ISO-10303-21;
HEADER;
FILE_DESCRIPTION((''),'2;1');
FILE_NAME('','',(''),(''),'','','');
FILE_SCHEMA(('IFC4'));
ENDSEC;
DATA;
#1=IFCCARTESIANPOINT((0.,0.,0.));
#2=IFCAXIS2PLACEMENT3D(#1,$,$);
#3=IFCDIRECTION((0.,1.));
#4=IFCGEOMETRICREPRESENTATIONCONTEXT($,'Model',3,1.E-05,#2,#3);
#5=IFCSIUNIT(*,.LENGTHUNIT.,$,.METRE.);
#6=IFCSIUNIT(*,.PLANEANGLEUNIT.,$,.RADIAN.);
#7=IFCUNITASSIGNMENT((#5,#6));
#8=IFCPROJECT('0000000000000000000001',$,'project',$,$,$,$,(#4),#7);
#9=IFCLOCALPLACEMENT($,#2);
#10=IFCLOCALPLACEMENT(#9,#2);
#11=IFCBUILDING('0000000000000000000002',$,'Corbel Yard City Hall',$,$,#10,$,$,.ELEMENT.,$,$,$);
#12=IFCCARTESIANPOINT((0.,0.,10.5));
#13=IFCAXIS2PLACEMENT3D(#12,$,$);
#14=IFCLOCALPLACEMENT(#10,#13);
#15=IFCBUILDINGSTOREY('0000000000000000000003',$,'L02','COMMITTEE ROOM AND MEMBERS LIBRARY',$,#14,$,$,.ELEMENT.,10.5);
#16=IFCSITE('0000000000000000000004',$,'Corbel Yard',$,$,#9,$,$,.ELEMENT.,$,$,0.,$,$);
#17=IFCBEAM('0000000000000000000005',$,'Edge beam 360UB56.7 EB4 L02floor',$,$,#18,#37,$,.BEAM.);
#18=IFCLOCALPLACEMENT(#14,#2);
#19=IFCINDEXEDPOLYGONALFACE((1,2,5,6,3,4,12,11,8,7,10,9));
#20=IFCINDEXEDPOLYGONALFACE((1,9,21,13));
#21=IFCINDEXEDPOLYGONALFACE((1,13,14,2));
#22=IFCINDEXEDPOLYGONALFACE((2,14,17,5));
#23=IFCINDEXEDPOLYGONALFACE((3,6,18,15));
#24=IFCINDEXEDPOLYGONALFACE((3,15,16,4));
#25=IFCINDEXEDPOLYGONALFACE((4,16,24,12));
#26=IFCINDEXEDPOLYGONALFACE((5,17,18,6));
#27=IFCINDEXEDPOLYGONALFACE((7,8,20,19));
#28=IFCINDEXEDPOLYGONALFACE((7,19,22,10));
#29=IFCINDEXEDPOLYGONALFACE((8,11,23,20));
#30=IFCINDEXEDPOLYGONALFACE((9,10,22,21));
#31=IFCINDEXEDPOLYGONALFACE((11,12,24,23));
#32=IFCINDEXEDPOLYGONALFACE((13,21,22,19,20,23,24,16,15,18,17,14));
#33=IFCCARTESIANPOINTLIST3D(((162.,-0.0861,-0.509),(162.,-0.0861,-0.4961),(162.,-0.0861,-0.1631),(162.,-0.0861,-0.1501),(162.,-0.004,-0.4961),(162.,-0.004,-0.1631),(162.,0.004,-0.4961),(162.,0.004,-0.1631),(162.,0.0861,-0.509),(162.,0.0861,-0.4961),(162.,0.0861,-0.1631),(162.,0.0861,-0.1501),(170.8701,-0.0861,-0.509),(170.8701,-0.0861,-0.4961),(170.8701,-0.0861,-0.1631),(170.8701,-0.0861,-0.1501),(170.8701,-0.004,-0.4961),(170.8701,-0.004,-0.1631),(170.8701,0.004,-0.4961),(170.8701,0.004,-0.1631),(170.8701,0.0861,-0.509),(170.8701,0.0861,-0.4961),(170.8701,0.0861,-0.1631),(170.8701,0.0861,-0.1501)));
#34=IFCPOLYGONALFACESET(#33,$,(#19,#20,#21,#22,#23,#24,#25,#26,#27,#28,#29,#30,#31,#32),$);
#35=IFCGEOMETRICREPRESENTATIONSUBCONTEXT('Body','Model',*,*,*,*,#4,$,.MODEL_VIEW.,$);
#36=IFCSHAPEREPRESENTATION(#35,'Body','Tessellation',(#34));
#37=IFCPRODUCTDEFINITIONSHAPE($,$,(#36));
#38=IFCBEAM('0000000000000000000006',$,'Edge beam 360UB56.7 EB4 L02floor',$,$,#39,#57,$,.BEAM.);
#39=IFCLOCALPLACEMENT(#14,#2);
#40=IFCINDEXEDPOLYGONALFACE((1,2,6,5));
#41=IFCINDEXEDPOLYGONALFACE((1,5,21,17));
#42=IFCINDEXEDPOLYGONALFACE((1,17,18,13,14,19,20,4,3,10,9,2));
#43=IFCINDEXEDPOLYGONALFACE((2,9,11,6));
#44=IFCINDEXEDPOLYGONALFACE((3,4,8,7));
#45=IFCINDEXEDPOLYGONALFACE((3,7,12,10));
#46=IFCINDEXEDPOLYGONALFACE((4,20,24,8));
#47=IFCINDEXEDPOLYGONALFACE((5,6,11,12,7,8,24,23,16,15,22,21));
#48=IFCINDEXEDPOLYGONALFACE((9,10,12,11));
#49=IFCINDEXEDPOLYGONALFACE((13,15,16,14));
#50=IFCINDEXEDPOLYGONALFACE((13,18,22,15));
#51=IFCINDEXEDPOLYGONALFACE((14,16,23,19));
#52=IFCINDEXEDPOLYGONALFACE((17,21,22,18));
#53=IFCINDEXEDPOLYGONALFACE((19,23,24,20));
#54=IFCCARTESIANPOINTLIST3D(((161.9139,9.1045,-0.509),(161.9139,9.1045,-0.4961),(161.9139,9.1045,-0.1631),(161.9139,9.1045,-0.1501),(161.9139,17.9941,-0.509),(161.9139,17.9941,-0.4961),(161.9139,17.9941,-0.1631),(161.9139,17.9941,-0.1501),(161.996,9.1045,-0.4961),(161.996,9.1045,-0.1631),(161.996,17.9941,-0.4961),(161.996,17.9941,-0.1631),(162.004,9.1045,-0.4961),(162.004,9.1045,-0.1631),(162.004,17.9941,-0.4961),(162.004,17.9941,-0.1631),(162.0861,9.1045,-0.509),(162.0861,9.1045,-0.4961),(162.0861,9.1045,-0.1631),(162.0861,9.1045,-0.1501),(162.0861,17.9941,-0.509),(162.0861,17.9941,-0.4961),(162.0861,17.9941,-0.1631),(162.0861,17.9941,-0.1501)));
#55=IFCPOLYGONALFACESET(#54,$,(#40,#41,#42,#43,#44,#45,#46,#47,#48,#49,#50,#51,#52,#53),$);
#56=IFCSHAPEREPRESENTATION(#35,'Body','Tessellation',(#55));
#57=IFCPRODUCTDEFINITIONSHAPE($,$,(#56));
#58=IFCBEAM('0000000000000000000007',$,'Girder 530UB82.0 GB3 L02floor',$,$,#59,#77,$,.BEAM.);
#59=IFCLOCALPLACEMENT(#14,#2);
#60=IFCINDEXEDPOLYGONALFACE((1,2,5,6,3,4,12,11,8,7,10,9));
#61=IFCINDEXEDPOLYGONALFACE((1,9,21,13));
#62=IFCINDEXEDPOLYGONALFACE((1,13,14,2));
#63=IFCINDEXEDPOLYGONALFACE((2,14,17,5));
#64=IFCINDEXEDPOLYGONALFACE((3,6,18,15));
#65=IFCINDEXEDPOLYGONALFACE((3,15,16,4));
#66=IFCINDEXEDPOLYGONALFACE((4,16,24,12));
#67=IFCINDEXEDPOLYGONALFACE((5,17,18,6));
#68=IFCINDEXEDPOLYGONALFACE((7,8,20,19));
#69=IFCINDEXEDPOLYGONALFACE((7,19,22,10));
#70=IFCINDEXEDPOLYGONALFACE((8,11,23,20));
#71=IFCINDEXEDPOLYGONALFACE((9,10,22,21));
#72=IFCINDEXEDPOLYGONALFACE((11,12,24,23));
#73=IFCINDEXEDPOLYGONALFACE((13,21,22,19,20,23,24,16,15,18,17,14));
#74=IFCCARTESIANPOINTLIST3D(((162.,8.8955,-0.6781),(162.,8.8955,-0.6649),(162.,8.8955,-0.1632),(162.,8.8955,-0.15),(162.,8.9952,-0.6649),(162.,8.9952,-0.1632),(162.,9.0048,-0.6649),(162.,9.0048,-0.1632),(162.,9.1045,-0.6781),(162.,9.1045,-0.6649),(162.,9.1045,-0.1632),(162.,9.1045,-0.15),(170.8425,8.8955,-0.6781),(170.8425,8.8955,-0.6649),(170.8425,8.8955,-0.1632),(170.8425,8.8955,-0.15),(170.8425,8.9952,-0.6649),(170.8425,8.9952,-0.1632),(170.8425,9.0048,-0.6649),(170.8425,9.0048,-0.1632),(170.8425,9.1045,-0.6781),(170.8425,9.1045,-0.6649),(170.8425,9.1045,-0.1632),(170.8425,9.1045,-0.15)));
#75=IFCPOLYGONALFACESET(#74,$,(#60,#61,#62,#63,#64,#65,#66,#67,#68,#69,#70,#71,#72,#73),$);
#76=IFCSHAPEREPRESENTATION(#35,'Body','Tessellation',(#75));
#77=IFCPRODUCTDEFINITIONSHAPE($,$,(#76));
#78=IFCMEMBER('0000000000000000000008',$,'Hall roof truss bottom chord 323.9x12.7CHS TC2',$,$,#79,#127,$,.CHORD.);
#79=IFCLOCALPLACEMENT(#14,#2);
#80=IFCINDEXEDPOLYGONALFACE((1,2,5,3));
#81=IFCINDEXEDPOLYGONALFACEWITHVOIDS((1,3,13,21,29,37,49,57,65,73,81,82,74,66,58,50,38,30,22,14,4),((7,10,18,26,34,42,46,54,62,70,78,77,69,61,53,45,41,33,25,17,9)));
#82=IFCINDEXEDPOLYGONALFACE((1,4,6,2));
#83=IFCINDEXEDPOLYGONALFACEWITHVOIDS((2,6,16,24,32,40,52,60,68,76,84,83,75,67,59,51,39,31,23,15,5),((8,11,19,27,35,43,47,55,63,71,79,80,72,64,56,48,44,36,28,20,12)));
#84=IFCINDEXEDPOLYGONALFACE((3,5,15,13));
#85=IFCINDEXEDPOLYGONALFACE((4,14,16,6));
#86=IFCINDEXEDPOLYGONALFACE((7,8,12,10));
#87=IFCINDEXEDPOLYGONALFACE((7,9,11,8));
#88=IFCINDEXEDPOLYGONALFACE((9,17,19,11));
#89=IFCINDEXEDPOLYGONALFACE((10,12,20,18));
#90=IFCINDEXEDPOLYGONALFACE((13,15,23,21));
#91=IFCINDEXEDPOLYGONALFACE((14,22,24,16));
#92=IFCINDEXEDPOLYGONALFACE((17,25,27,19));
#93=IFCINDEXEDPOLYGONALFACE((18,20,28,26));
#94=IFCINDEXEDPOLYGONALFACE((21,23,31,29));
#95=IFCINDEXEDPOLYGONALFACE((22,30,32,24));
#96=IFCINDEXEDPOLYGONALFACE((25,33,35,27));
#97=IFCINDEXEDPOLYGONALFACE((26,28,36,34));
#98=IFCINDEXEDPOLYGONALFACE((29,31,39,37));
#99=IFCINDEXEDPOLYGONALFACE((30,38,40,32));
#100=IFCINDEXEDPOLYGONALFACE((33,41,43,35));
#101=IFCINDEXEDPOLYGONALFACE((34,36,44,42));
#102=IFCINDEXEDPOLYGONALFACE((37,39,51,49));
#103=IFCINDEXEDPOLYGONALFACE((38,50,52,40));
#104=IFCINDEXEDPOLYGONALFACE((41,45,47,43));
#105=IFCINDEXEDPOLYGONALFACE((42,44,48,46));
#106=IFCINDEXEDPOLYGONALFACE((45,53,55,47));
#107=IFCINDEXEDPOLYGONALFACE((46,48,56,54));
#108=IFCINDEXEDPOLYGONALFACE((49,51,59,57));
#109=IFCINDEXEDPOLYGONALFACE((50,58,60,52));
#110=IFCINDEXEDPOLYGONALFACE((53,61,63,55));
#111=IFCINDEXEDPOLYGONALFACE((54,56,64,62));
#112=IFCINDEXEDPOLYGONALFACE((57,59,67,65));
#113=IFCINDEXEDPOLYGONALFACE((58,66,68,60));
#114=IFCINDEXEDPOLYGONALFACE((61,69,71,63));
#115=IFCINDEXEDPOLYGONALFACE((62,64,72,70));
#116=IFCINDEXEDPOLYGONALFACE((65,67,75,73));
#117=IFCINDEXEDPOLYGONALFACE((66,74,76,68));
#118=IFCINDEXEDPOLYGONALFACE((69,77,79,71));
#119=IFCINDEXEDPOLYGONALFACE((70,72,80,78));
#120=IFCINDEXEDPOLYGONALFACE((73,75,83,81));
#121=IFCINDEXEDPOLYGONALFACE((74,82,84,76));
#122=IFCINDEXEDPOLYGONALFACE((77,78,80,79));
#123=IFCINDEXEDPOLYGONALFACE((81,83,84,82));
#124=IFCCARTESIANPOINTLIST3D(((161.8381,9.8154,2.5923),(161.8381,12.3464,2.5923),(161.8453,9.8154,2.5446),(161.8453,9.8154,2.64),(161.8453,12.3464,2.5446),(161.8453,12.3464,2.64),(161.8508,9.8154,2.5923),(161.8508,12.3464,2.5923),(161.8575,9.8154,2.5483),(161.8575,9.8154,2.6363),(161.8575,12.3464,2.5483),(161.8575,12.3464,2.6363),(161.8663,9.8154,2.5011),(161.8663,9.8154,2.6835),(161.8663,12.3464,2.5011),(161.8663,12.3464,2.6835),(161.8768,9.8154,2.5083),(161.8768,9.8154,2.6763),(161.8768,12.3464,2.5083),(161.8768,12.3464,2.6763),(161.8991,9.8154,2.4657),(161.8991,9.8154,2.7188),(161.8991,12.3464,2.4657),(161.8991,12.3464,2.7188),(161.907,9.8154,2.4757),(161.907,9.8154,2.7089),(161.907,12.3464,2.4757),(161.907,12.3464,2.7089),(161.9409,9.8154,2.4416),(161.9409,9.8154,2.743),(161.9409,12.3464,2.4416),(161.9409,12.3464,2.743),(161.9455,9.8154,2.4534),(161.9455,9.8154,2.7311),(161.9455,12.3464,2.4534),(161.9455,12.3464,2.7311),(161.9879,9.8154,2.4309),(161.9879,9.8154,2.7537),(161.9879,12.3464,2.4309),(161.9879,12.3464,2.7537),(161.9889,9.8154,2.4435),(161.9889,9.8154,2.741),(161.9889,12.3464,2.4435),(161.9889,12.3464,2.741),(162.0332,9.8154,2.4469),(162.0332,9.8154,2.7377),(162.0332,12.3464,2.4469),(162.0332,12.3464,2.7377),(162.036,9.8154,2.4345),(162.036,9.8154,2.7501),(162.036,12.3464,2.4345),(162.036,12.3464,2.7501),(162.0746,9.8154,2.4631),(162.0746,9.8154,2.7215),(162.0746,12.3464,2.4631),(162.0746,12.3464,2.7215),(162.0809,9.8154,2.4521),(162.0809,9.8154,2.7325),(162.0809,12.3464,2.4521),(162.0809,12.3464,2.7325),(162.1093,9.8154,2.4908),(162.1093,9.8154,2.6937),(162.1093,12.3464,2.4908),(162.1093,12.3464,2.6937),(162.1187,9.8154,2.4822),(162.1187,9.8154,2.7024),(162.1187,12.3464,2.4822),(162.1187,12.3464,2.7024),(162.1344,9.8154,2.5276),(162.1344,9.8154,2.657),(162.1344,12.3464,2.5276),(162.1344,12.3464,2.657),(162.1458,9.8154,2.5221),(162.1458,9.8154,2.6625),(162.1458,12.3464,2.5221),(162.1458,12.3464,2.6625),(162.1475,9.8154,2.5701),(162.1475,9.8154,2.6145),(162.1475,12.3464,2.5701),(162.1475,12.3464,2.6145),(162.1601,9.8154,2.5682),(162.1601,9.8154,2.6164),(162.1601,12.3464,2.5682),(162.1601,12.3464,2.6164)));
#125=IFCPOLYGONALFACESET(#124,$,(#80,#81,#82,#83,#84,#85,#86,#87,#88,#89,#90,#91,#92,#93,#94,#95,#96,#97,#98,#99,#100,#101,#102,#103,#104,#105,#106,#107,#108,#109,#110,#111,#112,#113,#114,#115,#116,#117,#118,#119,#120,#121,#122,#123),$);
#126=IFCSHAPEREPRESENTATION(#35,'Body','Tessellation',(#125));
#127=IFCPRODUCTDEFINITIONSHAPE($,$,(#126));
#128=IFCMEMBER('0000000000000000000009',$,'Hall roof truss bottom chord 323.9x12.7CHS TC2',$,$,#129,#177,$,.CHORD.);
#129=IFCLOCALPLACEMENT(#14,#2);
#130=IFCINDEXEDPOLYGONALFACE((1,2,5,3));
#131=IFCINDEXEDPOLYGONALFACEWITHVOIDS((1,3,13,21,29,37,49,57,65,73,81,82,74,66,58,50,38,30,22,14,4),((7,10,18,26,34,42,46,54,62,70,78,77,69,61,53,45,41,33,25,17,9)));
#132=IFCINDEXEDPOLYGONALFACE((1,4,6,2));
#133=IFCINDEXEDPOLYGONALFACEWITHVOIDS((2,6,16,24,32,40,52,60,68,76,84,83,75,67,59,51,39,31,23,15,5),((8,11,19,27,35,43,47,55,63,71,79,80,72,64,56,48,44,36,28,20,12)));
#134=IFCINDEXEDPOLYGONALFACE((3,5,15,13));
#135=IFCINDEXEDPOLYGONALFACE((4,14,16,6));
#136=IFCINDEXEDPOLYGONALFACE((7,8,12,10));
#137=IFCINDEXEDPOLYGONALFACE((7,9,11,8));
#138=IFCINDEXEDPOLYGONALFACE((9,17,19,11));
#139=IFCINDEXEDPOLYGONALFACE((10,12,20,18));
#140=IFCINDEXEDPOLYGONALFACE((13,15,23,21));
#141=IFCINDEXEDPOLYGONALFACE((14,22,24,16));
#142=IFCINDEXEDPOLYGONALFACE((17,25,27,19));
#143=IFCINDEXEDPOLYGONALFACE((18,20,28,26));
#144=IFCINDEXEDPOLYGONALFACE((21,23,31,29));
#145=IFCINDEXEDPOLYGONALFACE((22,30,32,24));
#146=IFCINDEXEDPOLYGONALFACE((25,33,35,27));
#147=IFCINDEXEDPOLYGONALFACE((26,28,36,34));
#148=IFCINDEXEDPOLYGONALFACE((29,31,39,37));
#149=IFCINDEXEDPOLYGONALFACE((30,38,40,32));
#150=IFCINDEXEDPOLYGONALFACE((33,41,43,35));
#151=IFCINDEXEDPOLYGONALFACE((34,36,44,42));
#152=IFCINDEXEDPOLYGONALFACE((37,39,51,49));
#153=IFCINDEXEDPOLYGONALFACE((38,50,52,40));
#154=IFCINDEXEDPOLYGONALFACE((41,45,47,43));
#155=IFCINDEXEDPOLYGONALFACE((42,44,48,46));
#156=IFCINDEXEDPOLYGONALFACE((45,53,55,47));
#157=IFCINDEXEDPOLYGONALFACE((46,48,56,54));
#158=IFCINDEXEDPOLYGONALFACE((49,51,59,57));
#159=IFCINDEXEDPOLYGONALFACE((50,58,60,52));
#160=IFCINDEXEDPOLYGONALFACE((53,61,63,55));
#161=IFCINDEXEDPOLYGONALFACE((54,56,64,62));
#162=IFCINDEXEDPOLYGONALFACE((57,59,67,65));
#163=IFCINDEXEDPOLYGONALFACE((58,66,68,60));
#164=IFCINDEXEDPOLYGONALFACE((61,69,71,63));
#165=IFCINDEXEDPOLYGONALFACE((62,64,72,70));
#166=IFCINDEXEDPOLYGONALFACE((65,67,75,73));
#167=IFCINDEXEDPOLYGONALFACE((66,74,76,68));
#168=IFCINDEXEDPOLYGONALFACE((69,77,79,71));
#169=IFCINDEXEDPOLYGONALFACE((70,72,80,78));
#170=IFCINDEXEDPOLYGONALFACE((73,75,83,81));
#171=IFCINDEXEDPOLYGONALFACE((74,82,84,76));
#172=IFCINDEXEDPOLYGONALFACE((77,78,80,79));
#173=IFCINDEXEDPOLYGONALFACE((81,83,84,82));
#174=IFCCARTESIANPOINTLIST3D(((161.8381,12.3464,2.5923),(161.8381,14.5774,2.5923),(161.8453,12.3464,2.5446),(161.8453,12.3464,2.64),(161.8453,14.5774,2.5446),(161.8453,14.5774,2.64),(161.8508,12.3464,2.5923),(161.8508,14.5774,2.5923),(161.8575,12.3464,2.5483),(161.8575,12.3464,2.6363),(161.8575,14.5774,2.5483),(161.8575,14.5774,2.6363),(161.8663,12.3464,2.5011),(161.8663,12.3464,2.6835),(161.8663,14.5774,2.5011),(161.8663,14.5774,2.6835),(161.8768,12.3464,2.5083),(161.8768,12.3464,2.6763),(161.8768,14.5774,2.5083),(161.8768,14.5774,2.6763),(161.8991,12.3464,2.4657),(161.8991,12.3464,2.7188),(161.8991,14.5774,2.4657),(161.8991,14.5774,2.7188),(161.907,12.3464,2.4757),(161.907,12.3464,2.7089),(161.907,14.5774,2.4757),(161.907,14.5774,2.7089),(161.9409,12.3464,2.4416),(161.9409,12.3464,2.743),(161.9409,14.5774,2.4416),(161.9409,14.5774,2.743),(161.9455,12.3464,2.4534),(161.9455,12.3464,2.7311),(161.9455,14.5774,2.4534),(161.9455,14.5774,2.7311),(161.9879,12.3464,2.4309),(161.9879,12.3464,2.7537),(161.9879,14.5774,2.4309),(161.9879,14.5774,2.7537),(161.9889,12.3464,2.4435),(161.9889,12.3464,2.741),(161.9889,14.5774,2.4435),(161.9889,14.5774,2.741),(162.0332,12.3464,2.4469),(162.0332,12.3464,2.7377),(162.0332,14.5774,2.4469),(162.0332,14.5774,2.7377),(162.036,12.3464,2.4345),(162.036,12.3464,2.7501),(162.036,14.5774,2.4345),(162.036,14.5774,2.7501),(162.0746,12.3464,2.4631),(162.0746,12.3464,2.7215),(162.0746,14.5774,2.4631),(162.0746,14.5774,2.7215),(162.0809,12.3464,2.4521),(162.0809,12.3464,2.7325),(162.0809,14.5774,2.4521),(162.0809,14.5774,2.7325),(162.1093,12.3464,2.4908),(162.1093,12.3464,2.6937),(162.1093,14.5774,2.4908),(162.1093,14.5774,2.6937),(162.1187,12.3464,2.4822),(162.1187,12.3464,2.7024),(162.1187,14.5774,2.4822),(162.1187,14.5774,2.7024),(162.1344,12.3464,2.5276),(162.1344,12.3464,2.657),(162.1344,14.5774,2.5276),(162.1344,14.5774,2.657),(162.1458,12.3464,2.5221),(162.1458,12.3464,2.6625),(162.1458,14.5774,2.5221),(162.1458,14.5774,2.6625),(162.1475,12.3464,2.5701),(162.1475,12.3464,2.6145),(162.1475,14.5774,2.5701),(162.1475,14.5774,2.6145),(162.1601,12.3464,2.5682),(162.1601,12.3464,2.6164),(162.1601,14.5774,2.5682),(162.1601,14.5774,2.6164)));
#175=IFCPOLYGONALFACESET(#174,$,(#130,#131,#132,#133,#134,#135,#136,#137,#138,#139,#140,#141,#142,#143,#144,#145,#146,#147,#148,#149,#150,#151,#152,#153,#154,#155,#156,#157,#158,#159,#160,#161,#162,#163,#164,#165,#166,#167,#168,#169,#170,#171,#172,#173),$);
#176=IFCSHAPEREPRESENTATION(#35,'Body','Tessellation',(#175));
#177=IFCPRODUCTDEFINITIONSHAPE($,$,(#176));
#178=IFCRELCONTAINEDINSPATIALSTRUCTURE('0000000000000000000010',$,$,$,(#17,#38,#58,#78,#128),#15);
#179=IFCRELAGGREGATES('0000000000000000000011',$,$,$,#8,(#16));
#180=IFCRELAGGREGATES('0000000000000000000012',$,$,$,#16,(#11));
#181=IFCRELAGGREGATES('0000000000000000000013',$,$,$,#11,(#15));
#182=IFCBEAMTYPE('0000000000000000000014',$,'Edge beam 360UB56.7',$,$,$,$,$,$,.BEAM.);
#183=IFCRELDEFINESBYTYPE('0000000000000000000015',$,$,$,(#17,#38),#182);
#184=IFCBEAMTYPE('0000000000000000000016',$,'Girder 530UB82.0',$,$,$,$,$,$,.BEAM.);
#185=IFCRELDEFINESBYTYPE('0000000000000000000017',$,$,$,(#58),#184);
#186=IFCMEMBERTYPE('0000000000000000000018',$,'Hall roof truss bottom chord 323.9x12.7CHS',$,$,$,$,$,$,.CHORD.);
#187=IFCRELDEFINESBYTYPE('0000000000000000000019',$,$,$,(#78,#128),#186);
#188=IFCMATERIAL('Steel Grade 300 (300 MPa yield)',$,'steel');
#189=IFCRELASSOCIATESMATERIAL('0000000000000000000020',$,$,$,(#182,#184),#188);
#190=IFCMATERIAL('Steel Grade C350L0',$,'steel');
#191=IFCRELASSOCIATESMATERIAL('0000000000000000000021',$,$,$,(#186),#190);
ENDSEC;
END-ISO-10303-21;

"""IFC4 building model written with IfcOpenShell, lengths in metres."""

from ifc_helpers import new_model, si_unit, direction, frame, origin, origin_2d, place, context, subcontext, project, spatial, hollow_circle, i_section, extrude, material, material_profile, profile_set, type_object, element, save


model = new_model("IFC4")

# Units and contexts
model_context = context("Model", 3, precision=1e-05, world=origin(), true_north=direction((0.0, 1.0)))
body_context = subcontext(model_context, "Body", "Model", "MODEL_VIEW")
ifc_project = project(units=[si_unit("LENGTHUNIT", "METRE"), si_unit("PLANEANGLEUNIT", "RADIAN")], contexts=[model_context])

# Site, building, storey
site_placement = place(None, origin())
site = spatial("IfcSite", under=ifc_project, at=site_placement, Name="Corbel Yard", CompositionType="ELEMENT", RefElevation=0.0)
building_placement = place(site_placement, origin())
building = spatial("IfcBuilding", under=site, at=building_placement, Name="Corbel Yard City Hall", CompositionType="ELEMENT")
storey_placement = place(building_placement, frame((0.0, 0.0, 10.5)))
storey = spatial("IfcBuildingStorey", under=building, at=storey_placement, Name="L02", Description="COMMITTEE ROOM AND MEMBERS LIBRARY", CompositionType="ELEMENT", Elevation=10.5)

# Beams
ifc_material_1 = material(Name="Steel Grade 300 (300 MPa yield)", Category="steel")
ifc_material_profile_1 = material_profile(ifc_material_1, i_section(OverallWidth=0.1721, OverallDepth=0.3589, WebThickness=0.0081, FlangeThickness=0.0129, at=origin_2d()), Name="360UB56.7")
ifc_profile_set_1 = profile_set([ifc_material_profile_1], Name="Steel Grade 300 (300 MPa yield)")
beam_type_1 = type_object("IfcBeamType", Name="Edge beam 360UB56.7", PredefinedType="BEAM", material=ifc_profile_set_1)
beam_1_placement = place(storey_placement, frame((162.0, 0.0, -0.3296), z_axis=(1.0, 0.0, 0.0), x_axis=(0.0, 1.0, 0.0)))
element("IfcBeam", 1, at=beam_1_placement, inside=storey, type_object=beam_type_1, Name="Edge beam 360UB56.7 EB4 L02floor", PredefinedType="BEAM", context=body_context, shape_type="SweptSolid", body=[
    extrude(i_section(OverallWidth=0.1721, OverallDepth=0.3589, WebThickness=0.0081, FlangeThickness=0.0129, at=origin_2d()), origin(), (0.0, 0.0, 1.0), 8.8701),
])
beam_2_placement = place(storey_placement, frame((162.0, 9.1045, -0.3296), z_axis=(0.0, 1.0, 0.0), x_axis=(-1.0, 0.0, 0.0)))
element("IfcBeam", 2, at=beam_2_placement, inside=storey, type_object=beam_type_1, Name="Edge beam 360UB56.7 EB4 L02floor", PredefinedType="BEAM", context=body_context, shape_type="SweptSolid", body=[
    extrude(i_section(OverallWidth=0.1721, OverallDepth=0.3589, WebThickness=0.0081, FlangeThickness=0.0129, at=origin_2d()), origin(), (0.0, 0.0, 1.0), 8.8896),
])
ifc_material_profile_2 = material_profile(ifc_material_1, i_section(OverallWidth=0.209, OverallDepth=0.5281, WebThickness=0.0095, FlangeThickness=0.0132, at=origin_2d()), Name="530UB82.0")
ifc_profile_set_2 = profile_set([ifc_material_profile_2], Name="Steel Grade 300 (300 MPa yield)")
beam_type_2 = type_object("IfcBeamType", Name="Girder 530UB82.0", PredefinedType="BEAM", material=ifc_profile_set_2)
beam_3_placement = place(storey_placement, frame((162.0, 9.0, -0.4141), z_axis=(1.0, 0.0, 0.0), x_axis=(0.0, 1.0, 0.0)))
element("IfcBeam", 3, at=beam_3_placement, inside=storey, type_object=beam_type_2, Name="Girder 530UB82.0 GB3 L02floor", PredefinedType="BEAM", context=body_context, shape_type="SweptSolid", body=[
    extrude(i_section(OverallWidth=0.209, OverallDepth=0.5281, WebThickness=0.0095, FlangeThickness=0.0132, at=origin_2d()), origin(), (0.0, 0.0, 1.0), 8.8425),
])

# Members
ifc_material_2 = material(Name="Steel Grade C350L0", Category="steel")
ifc_material_profile_3 = material_profile(ifc_material_2, hollow_circle(Radius=0.1619, WallThickness=0.0127, at=origin_2d()), Name="323.9x12.7CHS")
ifc_profile_set_3 = profile_set([ifc_material_profile_3], Name="Steel Grade C350L0")
member_type_1 = type_object("IfcMemberType", Name="Hall roof truss bottom chord 323.9x12.7CHS", PredefinedType="CHORD", material=ifc_profile_set_3)
member_1_placement = place(storey_placement, frame((162.0, 9.8154, 2.5923), z_axis=(0.0, 1.0, 0.0), x_axis=(-1.0, 0.0, 0.0)))
element("IfcMember", 4, at=member_1_placement, inside=storey, type_object=member_type_1, Name="Hall roof truss bottom chord 323.9x12.7CHS TC2", PredefinedType="CHORD", context=body_context, shape_type="SweptSolid", body=[
    extrude(hollow_circle(Radius=0.1619, WallThickness=0.0127, at=origin_2d()), origin(), (0.0, 0.0, 1.0), 2.531),
])
member_2_placement = place(storey_placement, frame((162.0, 12.3464, 2.5923), z_axis=(0.0, 1.0, 0.0), x_axis=(-1.0, 0.0, 0.0)))
element("IfcMember", 5, at=member_2_placement, inside=storey, type_object=member_type_1, Name="Hall roof truss bottom chord 323.9x12.7CHS TC2", PredefinedType="CHORD", context=body_context, shape_type="SweptSolid", body=[
    extrude(hollow_circle(Radius=0.1619, WallThickness=0.0127, at=origin_2d()), origin(), (0.0, 0.0, 1.0), 2.231),
])

save(model, "model.ifc")
